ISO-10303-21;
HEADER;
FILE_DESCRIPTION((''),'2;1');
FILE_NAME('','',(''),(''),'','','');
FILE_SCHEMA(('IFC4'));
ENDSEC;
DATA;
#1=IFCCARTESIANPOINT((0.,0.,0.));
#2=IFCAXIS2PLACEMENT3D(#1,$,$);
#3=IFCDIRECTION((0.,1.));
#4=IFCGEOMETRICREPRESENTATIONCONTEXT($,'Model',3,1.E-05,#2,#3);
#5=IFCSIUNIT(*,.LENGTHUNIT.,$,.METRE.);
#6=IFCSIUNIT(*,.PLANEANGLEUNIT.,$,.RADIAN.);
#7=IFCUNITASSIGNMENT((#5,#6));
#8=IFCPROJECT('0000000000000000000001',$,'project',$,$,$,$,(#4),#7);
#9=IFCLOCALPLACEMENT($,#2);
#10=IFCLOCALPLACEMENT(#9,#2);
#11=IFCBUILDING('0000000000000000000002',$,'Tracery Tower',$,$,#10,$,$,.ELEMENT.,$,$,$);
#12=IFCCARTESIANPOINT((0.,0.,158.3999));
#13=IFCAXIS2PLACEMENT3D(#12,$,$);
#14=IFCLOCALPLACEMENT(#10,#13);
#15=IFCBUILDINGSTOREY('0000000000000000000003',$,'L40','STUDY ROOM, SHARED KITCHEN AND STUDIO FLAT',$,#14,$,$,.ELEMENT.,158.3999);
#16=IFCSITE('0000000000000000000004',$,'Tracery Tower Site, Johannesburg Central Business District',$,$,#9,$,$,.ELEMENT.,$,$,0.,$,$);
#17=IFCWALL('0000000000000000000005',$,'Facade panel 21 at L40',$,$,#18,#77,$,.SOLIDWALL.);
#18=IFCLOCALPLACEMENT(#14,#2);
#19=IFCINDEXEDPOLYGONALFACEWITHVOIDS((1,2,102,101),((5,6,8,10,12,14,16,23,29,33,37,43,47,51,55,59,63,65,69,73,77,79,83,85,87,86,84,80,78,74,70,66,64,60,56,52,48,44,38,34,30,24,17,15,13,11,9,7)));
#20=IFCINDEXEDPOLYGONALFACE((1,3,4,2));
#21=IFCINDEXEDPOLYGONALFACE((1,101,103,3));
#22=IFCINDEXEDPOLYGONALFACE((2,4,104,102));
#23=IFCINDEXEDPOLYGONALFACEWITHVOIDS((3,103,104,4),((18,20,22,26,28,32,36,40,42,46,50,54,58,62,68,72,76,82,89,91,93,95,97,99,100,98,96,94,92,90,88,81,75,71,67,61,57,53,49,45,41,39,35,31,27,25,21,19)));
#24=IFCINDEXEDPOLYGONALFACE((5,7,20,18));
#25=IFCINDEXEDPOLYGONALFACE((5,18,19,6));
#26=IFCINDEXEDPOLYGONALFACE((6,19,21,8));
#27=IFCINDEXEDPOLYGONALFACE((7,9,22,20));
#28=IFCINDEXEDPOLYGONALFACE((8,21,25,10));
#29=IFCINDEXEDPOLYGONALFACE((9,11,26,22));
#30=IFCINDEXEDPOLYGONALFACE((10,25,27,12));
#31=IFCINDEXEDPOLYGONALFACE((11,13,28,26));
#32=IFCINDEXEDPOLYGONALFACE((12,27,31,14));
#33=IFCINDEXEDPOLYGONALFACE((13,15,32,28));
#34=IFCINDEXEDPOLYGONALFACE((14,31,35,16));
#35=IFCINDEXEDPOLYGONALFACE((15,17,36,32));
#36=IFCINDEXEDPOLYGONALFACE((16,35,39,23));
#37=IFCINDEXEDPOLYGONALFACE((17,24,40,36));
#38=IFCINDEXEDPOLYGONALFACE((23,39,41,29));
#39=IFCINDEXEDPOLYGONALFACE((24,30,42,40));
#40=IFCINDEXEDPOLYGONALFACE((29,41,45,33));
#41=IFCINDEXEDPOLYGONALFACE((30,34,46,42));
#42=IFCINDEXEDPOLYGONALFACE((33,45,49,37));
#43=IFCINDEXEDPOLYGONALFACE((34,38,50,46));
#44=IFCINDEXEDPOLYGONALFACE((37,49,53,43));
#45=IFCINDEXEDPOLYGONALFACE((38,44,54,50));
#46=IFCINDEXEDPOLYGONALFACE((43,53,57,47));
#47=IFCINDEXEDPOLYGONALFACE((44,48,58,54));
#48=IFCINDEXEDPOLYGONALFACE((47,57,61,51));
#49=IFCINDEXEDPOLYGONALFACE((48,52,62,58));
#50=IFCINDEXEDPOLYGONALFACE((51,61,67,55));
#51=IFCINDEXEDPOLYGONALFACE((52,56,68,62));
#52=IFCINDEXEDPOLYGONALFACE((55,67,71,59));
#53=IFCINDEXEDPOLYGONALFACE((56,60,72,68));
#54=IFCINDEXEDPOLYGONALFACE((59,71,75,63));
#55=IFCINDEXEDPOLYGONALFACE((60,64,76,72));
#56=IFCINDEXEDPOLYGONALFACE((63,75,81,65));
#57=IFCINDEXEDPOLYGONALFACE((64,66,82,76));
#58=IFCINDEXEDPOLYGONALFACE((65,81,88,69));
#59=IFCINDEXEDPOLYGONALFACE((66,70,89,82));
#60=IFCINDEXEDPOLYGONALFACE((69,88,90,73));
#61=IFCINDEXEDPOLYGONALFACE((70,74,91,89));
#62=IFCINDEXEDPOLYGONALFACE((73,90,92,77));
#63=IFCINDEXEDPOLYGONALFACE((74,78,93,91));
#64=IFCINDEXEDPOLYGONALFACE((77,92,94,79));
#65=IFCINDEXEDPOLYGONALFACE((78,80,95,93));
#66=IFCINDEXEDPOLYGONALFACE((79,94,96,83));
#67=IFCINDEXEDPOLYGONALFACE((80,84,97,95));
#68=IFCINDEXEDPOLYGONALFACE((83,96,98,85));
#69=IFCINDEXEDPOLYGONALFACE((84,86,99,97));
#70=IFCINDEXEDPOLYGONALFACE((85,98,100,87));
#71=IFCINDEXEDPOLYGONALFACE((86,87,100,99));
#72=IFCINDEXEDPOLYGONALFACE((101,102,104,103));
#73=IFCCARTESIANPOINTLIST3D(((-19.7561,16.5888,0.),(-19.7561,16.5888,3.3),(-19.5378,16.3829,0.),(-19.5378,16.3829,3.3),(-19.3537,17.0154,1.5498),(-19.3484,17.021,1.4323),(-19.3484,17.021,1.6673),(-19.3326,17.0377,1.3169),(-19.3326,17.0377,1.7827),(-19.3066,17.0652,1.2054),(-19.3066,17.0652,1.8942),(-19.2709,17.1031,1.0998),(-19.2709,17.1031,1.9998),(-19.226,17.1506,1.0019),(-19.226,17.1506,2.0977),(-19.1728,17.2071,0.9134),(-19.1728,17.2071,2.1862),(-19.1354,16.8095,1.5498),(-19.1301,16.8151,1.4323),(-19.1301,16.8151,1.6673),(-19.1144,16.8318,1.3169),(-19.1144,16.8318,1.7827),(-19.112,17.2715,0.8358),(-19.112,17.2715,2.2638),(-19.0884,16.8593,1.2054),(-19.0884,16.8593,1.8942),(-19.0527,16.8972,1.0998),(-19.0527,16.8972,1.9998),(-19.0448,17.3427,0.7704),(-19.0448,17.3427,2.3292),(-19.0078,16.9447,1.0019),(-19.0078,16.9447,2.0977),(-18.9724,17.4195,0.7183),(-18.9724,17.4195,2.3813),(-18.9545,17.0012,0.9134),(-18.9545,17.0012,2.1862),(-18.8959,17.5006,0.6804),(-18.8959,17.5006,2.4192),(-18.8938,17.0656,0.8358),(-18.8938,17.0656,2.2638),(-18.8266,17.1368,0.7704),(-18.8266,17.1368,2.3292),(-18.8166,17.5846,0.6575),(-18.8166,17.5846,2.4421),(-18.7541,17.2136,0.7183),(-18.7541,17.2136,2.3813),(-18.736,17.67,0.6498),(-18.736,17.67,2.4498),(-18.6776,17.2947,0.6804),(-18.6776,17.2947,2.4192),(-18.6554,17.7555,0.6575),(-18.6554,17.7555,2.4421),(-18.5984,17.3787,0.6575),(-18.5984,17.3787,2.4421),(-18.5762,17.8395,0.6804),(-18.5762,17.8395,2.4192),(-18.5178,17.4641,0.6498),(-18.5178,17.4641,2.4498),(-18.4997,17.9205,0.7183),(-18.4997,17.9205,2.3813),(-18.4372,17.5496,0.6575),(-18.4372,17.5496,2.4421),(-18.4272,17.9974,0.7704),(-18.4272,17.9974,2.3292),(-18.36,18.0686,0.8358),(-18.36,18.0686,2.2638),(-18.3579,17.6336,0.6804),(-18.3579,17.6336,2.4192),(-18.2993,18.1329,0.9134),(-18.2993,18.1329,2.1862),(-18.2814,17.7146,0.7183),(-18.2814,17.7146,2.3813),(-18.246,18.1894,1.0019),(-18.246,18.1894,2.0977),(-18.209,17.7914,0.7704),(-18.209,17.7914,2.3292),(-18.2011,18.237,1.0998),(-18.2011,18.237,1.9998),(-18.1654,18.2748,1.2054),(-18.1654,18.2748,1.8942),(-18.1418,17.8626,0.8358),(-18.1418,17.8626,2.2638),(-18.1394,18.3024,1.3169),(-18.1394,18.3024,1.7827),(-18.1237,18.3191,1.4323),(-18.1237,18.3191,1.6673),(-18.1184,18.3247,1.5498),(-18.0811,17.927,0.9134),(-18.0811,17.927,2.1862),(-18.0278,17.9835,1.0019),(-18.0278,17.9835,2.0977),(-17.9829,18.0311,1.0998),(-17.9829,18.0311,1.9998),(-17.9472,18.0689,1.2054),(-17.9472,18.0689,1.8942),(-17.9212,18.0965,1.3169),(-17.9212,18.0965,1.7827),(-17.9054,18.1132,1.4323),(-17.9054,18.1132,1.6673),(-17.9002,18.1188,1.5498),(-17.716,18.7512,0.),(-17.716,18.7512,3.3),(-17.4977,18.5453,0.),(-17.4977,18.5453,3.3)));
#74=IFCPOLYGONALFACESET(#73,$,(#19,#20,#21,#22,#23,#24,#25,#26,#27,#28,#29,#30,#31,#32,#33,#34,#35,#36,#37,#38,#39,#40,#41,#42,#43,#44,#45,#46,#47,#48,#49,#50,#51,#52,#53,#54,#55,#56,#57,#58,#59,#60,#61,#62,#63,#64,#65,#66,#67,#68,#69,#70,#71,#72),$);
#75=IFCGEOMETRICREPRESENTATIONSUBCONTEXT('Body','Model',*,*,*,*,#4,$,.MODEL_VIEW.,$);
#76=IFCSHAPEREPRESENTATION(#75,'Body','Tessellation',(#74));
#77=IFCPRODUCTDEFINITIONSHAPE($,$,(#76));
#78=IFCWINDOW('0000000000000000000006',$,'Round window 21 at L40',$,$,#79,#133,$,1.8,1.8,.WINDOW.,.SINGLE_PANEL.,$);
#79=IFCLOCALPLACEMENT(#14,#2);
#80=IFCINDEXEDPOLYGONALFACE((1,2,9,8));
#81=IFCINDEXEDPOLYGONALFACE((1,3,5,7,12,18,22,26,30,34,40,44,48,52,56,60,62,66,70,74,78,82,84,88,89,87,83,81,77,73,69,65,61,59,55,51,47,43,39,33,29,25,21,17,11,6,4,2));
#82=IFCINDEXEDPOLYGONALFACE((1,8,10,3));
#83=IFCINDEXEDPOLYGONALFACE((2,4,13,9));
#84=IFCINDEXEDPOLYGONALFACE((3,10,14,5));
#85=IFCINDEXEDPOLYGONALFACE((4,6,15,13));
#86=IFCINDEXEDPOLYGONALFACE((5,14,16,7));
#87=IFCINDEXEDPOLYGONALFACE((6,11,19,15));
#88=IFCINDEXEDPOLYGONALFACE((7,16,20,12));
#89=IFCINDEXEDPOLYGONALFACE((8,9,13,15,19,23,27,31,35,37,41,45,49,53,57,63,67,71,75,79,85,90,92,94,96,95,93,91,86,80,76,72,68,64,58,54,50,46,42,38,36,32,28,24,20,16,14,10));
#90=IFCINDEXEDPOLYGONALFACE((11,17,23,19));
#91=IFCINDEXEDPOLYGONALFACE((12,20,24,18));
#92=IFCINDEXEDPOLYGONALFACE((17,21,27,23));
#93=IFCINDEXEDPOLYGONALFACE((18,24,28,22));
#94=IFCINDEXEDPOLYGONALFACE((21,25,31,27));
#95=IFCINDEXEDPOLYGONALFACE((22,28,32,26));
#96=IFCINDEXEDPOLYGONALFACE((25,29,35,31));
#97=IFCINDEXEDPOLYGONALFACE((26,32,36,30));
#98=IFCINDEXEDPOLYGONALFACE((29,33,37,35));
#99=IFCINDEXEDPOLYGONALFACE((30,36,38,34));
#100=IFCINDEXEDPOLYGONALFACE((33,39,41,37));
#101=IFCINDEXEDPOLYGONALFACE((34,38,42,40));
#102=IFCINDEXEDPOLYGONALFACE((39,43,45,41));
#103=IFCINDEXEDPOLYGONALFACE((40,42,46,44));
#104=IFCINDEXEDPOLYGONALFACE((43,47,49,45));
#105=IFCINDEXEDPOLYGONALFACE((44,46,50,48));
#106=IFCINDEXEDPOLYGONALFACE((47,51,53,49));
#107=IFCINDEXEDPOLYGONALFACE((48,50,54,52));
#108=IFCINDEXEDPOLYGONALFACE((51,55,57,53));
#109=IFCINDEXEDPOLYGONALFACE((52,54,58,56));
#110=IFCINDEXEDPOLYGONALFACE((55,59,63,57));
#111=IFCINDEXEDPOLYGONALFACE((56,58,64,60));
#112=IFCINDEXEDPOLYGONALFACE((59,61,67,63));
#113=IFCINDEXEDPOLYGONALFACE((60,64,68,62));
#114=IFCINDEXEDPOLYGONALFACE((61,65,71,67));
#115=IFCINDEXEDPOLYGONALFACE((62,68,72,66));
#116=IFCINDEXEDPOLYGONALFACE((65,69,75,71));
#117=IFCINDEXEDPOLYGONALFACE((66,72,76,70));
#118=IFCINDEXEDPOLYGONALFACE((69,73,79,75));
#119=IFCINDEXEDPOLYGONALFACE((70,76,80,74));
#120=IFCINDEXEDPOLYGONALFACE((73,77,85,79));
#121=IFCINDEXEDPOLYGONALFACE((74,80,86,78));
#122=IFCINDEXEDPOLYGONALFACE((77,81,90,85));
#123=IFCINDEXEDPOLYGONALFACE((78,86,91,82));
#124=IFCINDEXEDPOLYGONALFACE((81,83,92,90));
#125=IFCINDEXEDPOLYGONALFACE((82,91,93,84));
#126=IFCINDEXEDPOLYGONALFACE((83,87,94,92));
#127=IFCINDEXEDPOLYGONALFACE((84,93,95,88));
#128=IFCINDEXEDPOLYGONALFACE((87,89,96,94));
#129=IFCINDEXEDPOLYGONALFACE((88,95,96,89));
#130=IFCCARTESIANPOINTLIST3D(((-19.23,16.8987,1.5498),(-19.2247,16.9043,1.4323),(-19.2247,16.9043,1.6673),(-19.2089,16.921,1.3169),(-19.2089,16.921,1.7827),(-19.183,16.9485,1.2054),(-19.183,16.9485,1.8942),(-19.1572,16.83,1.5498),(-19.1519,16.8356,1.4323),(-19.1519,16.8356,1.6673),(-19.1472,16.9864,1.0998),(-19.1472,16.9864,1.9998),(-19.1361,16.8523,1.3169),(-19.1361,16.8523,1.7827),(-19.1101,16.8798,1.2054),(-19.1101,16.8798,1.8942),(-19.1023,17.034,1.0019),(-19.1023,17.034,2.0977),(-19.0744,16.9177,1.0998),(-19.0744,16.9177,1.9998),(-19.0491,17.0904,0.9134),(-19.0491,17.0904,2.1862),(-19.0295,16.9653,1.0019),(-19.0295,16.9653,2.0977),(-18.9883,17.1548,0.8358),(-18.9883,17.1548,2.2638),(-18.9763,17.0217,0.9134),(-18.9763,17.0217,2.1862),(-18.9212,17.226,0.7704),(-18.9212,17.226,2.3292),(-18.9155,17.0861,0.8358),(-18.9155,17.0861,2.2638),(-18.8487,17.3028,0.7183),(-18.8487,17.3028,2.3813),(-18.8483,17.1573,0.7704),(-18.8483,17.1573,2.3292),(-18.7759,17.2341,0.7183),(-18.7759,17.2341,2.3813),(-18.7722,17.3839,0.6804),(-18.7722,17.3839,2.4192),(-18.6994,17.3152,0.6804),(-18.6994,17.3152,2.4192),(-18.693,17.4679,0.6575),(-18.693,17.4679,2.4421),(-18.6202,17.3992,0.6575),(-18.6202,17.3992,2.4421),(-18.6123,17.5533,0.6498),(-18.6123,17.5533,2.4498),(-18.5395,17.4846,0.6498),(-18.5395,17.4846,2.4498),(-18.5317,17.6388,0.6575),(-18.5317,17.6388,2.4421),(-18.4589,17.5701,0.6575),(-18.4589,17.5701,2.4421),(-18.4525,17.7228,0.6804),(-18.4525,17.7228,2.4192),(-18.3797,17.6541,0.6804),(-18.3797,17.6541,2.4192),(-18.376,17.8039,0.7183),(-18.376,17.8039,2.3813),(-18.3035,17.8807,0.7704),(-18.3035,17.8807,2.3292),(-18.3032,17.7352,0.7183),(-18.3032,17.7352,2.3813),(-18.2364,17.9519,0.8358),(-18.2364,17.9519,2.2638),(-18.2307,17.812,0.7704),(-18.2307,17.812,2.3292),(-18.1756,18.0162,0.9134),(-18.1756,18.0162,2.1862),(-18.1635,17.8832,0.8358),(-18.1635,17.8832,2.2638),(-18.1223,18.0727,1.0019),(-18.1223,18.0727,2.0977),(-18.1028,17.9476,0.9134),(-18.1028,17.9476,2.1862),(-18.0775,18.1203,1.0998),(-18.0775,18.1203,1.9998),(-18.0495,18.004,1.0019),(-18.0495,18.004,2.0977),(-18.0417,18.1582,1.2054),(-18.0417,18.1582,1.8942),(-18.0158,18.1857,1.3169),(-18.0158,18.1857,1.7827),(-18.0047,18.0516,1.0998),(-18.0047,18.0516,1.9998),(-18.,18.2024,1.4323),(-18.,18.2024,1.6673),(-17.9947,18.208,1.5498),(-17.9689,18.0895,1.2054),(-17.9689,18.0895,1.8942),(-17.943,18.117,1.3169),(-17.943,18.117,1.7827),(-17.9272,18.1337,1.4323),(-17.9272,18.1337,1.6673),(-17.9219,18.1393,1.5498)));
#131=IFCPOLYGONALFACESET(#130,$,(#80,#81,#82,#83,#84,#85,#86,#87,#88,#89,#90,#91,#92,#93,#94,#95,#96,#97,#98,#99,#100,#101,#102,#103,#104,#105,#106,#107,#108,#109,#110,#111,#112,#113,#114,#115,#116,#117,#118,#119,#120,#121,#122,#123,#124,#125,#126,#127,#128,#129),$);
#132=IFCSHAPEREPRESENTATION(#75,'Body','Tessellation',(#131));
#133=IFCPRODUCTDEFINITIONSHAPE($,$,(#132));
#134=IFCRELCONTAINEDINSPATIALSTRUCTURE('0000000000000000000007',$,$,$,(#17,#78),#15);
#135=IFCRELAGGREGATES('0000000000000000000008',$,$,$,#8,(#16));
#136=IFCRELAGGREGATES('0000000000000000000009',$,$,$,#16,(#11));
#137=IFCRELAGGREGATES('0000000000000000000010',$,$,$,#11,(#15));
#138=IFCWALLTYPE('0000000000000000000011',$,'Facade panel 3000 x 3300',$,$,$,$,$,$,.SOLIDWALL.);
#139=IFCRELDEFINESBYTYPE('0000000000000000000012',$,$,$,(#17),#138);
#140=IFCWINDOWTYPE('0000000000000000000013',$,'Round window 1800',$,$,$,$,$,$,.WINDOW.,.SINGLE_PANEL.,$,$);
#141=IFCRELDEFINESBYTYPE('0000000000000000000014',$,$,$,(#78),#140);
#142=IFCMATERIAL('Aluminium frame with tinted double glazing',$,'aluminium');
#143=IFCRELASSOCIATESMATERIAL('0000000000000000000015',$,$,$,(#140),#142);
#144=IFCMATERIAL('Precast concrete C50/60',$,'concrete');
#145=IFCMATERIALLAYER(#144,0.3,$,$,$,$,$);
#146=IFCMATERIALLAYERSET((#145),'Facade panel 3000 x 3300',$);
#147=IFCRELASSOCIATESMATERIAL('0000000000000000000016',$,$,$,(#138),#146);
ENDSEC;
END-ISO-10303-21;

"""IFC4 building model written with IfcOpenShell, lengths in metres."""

from ifc_helpers import new_model, si_unit, direction, frame, frame_2d, origin, origin_2d, place, context, subcontext, project, spatial, rectangle, circle, extrude, material, layer, layer_set, type_object, element, fill, save


model = new_model("IFC4")

# Units and contexts
model_context = context("Model", 3, precision=1e-05, world=origin(), true_north=direction((0.0, 1.0)))
body_context = subcontext(model_context, "Body", "Model", "MODEL_VIEW")
ifc_project = project(units=[si_unit("LENGTHUNIT", "METRE"), si_unit("PLANEANGLEUNIT", "RADIAN")], contexts=[model_context])

# Site, building, storey
site_placement = place(None, origin())
site = spatial("IfcSite", under=ifc_project, at=site_placement, Name="Tracery Tower Site, Johannesburg Central Business District", CompositionType="ELEMENT", RefElevation=0.0)
building_placement = place(site_placement, origin())
building = spatial("IfcBuilding", under=site, at=building_placement, Name="Tracery Tower", CompositionType="ELEMENT")
storey_placement = place(building_placement, frame((0.0, 0.0, 158.3999)))
storey = spatial("IfcBuildingStorey", under=building, at=storey_placement, Name="L40", Description="STUDY ROOM, SHARED KITCHEN AND STUDIO FLAT", CompositionType="ELEMENT", Elevation=158.3999)

# Wall, opening, window
ifc_material_1 = material(Name="Aluminium frame with tinted double glazing", Category="aluminium")
window_type = type_object("IfcWindowType", Name="Round window 1800", PartitioningType="SINGLE_PANEL", PredefinedType="WINDOW", material=ifc_material_1)
ifc_material_2 = material(Name="Precast concrete C50/60", Category="concrete")
ifc_layer_1 = layer(ifc_material_2, 0.3)
ifc_layer_set_1 = layer_set([ifc_layer_1], Name="Facade panel 3000 x 3300")
wall_type_1 = type_object("IfcWallType", Name="Facade panel 3000 x 3300", PredefinedType="SOLIDWALL", material=ifc_layer_set_1)
wall_1_placement = place(storey_placement, frame((-17.6069, 18.6482, 0.0), z_axis=(0.0, 0.0, 1.0), x_axis=(-0.686235, -0.72738, 0.0)))
wall_1 = element("IfcWall", 1, at=wall_1_placement, inside=storey, type_object=wall_type_1, Name="Facade panel 21 at L40", PredefinedType="SOLIDWALL", context=body_context, shape_type="SweptSolid", body=[
    extrude(rectangle(XDim=2.9729, YDim=0.3, at=frame_2d((1.4863, 0.0))), origin(), (0.0, 0.0, 1.0), 3.3),
])
opening_1_placement = place(wall_1_placement, frame((1.4863, 0.0, 1.5498)))
opening_1 = element("IfcOpeningElement", 2, at=opening_1_placement, cuts=wall_1, PredefinedType="OPENING", context=body_context, shape_type="SweptSolid", body=[
    extrude(circle(Radius=0.9, at=origin_2d()), frame((0.0, 0.1599, 0.0), z_axis=(0.0, -1.0, 0.0), x_axis=(1.0, 0.0, 0.0)), (0.0, 0.0, 1.0), 0.3201),
])
window_1_placement = place(opening_1_placement, origin())
window_1 = element("IfcWindow", 3, at=window_1_placement, inside=storey, type_object=window_type, Name="Round window 21 at L40", OverallHeight=1.8, OverallWidth=1.8, PartitioningType="SINGLE_PANEL", PredefinedType="WINDOW", context=body_context, shape_type="SweptSolid", body=[
    extrude(circle(Radius=0.9, at=origin_2d()), frame((0.0, 0.1201, 0.0), z_axis=(0.0, -1.0, 0.0), x_axis=(1.0, 0.0, 0.0)), (0.0, 0.0, 1.0), 0.1001),
])
fill(opening_1, window_1)

save(model, "model.ifc")
